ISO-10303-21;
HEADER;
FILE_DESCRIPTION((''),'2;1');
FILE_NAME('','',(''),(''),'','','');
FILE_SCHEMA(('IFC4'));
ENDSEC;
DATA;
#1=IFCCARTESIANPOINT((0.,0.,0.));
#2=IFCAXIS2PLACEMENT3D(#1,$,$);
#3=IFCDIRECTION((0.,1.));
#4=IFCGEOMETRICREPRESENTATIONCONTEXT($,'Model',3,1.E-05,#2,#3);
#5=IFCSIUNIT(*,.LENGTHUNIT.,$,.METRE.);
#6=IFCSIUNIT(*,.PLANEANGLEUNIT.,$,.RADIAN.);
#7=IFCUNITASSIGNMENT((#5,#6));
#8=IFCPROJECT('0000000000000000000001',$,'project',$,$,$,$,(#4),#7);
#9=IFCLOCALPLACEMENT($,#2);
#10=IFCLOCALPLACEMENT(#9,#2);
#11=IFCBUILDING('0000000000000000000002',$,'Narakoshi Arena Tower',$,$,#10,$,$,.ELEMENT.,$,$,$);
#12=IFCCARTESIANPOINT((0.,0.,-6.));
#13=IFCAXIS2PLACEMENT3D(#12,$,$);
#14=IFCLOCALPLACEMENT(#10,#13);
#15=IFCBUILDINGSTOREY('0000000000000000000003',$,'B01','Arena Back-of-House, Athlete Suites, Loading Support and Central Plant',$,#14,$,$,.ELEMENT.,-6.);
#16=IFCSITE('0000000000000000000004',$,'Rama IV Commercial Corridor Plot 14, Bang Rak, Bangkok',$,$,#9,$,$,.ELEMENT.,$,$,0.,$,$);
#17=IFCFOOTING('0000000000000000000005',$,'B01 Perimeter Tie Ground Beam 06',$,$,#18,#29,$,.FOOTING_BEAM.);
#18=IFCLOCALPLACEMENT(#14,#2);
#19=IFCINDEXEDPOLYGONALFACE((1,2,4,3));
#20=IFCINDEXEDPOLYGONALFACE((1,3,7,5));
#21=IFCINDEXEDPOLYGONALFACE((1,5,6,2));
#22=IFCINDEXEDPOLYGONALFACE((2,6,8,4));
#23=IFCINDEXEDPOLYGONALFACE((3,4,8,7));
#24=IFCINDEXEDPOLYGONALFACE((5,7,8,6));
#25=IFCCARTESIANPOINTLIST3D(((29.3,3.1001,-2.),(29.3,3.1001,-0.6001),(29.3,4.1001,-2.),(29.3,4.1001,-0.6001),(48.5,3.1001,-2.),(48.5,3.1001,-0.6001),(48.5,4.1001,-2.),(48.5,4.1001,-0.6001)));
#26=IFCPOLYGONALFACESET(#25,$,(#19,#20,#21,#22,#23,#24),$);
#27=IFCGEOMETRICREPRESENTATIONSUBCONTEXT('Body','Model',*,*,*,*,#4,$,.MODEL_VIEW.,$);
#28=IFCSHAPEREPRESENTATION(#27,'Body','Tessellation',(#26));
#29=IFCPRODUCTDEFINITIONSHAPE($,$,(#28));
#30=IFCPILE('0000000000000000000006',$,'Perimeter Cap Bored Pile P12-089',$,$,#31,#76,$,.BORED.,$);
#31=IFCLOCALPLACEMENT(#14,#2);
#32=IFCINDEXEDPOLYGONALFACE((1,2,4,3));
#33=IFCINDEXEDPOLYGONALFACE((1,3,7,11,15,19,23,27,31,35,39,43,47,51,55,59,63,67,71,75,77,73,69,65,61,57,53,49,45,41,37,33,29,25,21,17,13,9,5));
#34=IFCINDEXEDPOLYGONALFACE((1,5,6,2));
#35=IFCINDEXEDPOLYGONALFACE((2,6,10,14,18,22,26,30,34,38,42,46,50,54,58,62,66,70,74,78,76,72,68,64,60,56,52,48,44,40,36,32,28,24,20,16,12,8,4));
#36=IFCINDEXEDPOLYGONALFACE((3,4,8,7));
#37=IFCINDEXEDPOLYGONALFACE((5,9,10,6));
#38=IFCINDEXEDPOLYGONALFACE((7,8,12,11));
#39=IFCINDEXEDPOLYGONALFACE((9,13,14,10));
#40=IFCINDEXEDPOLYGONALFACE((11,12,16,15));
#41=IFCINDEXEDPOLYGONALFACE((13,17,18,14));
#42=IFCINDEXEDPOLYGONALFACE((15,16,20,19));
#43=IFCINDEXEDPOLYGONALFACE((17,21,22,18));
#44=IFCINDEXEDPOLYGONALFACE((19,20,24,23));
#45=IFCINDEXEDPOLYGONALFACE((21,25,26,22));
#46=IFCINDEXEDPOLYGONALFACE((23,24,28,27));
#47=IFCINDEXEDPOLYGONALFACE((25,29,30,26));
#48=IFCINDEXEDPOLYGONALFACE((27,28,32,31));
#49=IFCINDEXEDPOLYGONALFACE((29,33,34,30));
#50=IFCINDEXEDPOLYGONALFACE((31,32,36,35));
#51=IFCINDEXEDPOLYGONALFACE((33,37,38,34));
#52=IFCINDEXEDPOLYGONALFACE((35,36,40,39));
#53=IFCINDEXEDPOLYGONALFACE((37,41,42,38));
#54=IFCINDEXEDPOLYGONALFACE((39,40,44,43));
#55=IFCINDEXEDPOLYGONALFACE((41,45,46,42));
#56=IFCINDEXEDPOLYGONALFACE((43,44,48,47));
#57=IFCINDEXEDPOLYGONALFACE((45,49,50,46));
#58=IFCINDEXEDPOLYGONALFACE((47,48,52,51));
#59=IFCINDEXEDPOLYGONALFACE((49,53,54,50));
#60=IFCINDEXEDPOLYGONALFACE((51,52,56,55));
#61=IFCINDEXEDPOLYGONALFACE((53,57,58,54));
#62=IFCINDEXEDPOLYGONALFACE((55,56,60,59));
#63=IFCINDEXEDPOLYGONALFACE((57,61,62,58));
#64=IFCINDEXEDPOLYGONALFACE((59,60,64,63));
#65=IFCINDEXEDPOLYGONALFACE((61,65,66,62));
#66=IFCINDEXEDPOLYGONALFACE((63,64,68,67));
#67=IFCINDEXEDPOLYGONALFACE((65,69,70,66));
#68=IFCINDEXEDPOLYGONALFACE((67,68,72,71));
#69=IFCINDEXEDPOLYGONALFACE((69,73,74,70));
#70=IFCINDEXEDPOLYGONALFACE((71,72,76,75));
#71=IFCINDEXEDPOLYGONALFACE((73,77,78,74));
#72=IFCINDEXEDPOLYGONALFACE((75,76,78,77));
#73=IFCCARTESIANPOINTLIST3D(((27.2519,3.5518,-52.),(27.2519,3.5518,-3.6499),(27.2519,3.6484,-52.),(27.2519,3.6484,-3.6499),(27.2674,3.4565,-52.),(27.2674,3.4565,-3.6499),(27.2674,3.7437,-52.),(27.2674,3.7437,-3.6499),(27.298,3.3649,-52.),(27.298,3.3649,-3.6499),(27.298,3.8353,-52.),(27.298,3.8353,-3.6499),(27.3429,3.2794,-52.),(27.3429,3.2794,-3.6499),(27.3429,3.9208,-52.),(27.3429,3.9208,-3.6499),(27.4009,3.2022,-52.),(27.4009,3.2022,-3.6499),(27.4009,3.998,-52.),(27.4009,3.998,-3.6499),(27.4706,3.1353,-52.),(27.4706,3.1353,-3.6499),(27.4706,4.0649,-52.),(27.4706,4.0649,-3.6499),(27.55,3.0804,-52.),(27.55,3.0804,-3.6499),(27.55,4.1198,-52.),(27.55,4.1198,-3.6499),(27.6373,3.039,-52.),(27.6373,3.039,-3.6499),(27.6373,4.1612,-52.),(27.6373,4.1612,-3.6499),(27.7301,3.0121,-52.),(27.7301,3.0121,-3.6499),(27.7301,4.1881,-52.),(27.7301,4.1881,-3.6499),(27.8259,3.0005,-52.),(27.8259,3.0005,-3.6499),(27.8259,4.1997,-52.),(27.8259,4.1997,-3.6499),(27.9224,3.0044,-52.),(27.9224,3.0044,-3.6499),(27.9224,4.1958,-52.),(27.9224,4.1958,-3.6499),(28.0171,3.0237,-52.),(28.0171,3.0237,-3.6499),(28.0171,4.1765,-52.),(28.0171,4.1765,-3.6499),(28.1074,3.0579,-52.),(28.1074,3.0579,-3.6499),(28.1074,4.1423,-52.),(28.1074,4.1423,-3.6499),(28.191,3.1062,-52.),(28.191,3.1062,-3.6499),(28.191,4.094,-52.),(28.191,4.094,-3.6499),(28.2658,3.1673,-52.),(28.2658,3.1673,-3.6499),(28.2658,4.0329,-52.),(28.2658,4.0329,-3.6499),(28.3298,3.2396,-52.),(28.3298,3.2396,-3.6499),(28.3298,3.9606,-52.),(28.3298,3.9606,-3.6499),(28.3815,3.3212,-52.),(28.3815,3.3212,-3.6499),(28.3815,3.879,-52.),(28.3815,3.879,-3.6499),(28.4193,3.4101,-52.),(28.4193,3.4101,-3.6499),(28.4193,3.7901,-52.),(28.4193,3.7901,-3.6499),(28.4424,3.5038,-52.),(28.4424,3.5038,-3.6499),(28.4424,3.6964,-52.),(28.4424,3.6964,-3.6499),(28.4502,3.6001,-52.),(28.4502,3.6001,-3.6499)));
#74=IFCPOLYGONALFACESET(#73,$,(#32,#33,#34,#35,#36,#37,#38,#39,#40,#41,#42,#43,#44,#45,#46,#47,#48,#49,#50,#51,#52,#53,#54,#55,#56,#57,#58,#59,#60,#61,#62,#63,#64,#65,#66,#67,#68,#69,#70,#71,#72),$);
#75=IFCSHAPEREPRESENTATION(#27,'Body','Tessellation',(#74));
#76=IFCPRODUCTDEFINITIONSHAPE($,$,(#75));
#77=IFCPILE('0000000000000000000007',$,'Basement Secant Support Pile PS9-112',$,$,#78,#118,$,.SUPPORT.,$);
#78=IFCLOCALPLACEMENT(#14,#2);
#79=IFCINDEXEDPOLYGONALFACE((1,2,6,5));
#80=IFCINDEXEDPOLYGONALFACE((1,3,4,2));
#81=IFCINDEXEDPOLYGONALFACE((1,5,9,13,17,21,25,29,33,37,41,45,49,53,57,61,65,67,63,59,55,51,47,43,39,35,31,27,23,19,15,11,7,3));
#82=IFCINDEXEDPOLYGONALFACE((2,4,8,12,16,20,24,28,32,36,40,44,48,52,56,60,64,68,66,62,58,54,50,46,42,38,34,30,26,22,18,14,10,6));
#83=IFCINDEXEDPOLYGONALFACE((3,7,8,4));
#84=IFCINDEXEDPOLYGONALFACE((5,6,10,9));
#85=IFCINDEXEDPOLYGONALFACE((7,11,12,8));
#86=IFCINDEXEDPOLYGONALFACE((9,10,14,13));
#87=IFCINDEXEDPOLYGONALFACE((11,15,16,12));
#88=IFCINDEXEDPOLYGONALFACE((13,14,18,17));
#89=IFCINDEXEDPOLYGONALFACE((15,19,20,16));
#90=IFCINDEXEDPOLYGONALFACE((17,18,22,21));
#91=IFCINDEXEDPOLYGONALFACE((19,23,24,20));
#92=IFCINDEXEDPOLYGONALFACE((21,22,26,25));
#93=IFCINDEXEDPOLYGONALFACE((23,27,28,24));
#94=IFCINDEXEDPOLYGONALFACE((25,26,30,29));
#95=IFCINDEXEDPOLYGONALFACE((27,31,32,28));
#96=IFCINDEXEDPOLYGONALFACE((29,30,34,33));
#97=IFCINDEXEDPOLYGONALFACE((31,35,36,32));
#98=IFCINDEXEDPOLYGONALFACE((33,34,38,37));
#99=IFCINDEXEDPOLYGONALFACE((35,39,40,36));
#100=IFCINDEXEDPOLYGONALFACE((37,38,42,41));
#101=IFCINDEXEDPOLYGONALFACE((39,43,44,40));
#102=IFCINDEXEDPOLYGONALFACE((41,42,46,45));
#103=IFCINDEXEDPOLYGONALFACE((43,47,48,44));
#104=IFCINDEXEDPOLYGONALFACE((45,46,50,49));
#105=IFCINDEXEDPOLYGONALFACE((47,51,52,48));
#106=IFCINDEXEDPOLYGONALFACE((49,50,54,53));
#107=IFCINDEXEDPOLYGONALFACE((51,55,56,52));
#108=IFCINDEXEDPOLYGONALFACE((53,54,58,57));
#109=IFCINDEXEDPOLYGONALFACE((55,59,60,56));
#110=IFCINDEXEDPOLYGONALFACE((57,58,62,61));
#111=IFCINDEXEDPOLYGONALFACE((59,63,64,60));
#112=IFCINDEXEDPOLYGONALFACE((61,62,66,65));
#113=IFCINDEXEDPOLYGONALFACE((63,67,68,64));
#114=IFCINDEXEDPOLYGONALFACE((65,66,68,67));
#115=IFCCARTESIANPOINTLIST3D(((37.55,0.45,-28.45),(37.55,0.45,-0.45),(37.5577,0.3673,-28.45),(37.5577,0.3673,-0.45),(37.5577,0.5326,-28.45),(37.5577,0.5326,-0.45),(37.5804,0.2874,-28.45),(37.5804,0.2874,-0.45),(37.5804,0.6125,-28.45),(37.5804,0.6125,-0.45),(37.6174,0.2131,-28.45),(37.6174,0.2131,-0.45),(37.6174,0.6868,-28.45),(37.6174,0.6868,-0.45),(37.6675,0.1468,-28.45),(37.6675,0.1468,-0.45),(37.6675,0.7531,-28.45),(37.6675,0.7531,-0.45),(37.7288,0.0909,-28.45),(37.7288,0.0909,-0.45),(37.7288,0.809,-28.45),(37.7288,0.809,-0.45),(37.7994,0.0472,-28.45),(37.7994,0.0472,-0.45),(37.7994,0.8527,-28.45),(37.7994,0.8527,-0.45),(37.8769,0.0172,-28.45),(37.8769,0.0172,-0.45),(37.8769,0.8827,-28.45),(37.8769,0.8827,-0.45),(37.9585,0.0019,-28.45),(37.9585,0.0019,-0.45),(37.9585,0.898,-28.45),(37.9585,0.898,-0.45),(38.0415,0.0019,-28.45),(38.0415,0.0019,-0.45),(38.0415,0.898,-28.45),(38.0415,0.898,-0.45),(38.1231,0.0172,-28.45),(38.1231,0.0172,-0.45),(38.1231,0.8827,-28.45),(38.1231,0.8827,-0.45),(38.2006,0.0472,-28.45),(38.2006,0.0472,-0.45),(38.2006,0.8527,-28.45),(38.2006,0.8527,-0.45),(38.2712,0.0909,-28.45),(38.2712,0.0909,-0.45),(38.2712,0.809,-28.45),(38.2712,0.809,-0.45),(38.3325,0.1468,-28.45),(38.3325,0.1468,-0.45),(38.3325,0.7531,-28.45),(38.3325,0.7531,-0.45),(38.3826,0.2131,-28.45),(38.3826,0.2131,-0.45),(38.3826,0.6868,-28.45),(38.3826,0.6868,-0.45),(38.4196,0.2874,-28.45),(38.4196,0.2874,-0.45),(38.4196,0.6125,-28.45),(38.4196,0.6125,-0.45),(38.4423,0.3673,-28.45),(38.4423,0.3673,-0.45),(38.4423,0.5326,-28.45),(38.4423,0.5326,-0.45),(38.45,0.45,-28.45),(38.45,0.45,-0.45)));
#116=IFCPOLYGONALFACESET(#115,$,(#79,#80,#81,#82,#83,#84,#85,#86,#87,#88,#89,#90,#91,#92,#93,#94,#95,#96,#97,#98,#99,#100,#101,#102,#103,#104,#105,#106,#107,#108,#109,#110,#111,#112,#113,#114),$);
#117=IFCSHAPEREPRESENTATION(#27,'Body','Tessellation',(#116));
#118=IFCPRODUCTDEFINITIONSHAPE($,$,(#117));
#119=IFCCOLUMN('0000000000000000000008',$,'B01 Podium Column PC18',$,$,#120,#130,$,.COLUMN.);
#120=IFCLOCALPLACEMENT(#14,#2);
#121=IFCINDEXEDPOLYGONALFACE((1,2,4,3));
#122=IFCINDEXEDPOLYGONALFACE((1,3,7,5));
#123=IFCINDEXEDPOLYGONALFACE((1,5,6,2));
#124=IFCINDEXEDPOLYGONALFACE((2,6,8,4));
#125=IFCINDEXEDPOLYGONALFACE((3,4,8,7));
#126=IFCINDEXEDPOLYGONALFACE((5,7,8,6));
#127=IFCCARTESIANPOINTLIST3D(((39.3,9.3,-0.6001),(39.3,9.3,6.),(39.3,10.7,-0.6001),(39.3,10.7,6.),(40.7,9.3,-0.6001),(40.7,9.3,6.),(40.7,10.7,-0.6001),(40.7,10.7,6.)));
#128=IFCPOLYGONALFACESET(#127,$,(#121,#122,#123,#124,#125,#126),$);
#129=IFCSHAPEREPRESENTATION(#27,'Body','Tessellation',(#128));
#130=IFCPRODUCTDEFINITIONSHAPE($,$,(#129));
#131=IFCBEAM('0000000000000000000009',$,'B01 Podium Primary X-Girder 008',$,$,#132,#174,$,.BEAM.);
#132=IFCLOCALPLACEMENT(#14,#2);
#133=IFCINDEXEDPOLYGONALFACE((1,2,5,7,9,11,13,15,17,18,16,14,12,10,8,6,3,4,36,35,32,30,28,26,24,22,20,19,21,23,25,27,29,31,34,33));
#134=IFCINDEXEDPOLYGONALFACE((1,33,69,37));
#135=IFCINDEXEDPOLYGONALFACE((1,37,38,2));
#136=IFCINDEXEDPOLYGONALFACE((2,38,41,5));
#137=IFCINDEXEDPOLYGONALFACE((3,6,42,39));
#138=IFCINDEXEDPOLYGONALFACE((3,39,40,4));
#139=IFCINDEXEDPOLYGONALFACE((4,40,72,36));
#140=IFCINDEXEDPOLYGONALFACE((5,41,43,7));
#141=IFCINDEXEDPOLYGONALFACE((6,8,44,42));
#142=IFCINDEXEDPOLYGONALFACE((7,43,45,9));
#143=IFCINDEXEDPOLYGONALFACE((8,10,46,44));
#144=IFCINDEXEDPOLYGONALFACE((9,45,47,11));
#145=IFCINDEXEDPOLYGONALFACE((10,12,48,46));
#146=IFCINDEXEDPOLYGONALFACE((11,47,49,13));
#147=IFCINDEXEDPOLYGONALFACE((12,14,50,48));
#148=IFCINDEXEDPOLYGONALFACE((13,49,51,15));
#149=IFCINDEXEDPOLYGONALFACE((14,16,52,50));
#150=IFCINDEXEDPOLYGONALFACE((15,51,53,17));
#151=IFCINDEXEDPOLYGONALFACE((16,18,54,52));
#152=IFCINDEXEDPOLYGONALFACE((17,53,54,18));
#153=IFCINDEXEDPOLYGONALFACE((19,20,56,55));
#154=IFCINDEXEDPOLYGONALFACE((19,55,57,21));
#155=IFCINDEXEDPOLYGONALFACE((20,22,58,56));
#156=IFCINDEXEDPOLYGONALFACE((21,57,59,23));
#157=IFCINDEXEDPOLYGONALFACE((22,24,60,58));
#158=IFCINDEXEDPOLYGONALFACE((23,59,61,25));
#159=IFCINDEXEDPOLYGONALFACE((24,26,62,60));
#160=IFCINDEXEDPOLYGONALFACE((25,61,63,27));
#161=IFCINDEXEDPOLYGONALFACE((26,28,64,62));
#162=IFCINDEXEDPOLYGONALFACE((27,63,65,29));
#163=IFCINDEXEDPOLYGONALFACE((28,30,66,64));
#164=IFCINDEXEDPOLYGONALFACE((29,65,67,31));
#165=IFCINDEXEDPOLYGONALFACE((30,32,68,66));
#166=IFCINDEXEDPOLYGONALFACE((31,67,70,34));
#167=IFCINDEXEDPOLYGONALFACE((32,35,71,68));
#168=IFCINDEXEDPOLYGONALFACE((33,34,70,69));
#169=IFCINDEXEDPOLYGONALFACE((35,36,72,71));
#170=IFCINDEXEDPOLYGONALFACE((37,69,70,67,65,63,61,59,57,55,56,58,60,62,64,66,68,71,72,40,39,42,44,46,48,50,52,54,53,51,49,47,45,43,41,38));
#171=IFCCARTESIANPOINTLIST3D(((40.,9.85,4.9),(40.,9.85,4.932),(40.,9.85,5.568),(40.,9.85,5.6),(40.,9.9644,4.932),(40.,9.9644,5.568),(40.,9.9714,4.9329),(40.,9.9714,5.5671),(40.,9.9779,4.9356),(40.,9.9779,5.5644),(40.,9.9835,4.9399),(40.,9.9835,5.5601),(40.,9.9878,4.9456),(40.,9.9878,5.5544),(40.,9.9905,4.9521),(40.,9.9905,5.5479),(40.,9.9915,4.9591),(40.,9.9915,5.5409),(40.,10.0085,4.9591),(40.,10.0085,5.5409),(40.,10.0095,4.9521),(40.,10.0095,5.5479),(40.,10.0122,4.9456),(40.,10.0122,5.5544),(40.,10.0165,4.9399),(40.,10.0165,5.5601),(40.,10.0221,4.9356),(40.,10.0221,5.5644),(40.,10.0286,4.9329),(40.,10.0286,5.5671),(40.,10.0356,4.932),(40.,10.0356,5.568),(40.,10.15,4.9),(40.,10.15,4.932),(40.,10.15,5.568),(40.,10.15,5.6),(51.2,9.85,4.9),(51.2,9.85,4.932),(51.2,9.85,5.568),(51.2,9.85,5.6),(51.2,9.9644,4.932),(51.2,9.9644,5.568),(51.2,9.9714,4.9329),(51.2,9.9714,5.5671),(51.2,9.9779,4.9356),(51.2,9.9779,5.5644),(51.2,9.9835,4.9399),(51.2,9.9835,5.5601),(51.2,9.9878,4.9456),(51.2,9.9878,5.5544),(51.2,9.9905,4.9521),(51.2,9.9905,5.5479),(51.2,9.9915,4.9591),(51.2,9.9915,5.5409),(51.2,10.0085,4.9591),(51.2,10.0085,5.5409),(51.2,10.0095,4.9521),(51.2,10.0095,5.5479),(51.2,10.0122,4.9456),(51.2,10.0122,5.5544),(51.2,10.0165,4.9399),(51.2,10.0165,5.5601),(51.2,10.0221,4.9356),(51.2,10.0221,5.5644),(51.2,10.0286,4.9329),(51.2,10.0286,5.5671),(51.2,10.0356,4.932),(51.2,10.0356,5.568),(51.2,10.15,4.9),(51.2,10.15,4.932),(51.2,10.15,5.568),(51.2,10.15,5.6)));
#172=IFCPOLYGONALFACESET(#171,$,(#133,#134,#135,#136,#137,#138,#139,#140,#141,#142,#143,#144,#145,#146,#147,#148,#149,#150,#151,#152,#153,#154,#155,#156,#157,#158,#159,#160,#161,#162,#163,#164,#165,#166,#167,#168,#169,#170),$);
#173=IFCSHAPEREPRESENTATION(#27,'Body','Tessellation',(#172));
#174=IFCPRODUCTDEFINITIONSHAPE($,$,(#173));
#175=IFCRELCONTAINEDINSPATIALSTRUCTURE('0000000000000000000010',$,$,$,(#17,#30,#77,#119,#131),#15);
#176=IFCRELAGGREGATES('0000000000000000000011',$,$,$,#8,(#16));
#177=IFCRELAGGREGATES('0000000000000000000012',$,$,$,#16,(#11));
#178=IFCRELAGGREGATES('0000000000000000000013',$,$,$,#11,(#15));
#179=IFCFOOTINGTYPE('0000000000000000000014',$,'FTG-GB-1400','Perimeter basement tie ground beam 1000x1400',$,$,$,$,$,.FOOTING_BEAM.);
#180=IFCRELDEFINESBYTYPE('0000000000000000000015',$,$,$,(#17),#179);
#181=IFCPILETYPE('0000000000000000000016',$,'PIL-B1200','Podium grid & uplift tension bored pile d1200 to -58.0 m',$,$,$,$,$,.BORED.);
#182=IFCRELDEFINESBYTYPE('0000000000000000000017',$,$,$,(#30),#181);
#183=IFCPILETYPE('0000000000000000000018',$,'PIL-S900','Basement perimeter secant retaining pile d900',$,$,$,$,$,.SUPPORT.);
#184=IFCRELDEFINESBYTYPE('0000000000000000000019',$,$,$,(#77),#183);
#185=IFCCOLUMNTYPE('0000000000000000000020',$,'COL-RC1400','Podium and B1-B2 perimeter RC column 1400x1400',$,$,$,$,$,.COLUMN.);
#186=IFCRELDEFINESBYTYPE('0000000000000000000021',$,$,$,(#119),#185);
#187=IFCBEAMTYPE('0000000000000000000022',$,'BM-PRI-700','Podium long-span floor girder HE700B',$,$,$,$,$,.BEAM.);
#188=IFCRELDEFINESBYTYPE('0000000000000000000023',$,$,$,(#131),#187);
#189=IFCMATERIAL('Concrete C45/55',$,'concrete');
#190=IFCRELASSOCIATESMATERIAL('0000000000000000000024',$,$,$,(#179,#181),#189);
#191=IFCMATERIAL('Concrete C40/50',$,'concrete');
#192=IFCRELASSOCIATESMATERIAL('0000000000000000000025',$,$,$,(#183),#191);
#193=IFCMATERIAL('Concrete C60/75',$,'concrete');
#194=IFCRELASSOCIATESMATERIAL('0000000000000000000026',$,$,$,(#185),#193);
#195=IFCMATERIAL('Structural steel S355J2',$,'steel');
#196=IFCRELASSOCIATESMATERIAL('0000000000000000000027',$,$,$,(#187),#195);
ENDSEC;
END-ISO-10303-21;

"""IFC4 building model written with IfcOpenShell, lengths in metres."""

from ifc_helpers import new_model, si_unit, direction, frame, origin, origin_2d, place, context, subcontext, project, spatial, rectangle, circle, i_section, extrude, material, material_profile, profile_set, type_object, element, save


model = new_model("IFC4")

# Units and contexts
model_context = context("Model", 3, precision=1e-05, world=origin(), true_north=direction((0.0, 1.0)))
body_context = subcontext(model_context, "Body", "Model", "MODEL_VIEW")
ifc_project = project(units=[si_unit("LENGTHUNIT", "METRE"), si_unit("PLANEANGLEUNIT", "RADIAN")], contexts=[model_context])

# Site, building, storey
site_placement = place(None, origin())
site = spatial("IfcSite", under=ifc_project, at=site_placement, Name="Rama IV Commercial Corridor Plot 14, Bang Rak, Bangkok", CompositionType="ELEMENT", RefElevation=0.0)
building_placement = place(site_placement, origin())
building = spatial("IfcBuilding", under=site, at=building_placement, Name="Narakoshi Arena Tower", CompositionType="ELEMENT")
storey_placement = place(building_placement, frame((0.0, 0.0, -6.0)))
storey = spatial("IfcBuildingStorey", under=building, at=storey_placement, Name="B01", Description="Arena Back-of-House, Athlete Suites, Loading Support and Central Plant", CompositionType="ELEMENT", Elevation=-6.0)

# Footing
ifc_material_1 = material(Name="Concrete C45/55", Category="concrete")
ifc_material_profile_1 = material_profile(ifc_material_1, rectangle(XDim=1.0, YDim=1.3999, at=origin_2d()), Name="RGB1000x1400")
ifc_profile_set_1 = profile_set([ifc_material_profile_1], Name="Concrete C45/55")
footing_type = type_object("IfcFootingType", Name="FTG-GB-1400", Description="Perimeter basement tie ground beam 1000x1400", PredefinedType="FOOTING_BEAM", material=ifc_profile_set_1)
footing_placement = place(storey_placement, frame((29.3, 3.6001, -1.3), z_axis=(1.0, 0.0, 0.0), x_axis=(0.0, 1.0, 0.0)))
element("IfcFooting", 1, at=footing_placement, inside=storey, type_object=footing_type, Name="B01 Perimeter Tie Ground Beam 06", PredefinedType="FOOTING_BEAM", context=body_context, shape_type="SweptSolid", body=[
    extrude(rectangle(XDim=1.0, YDim=1.3999, at=origin_2d()), origin(), (0.0, 0.0, 1.0), 19.2),
])

# Piles
ifc_material_profile_2 = material_profile(ifc_material_1, circle(Radius=0.6001, at=origin_2d()), Name="PILE-D1200")
ifc_profile_set_2 = profile_set([ifc_material_profile_2], Name="Concrete C45/55")
pile_type_1 = type_object("IfcPileType", Name="PIL-B1200", Description="Podium grid & uplift tension bored pile d1200 to -58.0 m", PredefinedType="BORED", material=ifc_profile_set_2)
pile_1_placement = place(storey_placement, frame((27.8501, 3.6001, -3.6499), z_axis=(0.0, 0.0, -1.0), x_axis=(1.0, 0.0, 0.0)))
element("IfcPile", 2, at=pile_1_placement, inside=storey, type_object=pile_type_1, Name="Perimeter Cap Bored Pile P12-089", PredefinedType="BORED", context=body_context, shape_type="SweptSolid", body=[
    extrude(circle(Radius=0.6001, at=origin_2d()), origin(), (0.0, 0.0, 1.0), 48.3501),
])
ifc_material_2 = material(Name="Concrete C40/50", Category="concrete")
ifc_material_profile_3 = material_profile(ifc_material_2, circle(Radius=0.45, at=origin_2d()), Name="PILE-D900")
ifc_profile_set_3 = profile_set([ifc_material_profile_3], Name="Concrete C40/50")
pile_type_2 = type_object("IfcPileType", Name="PIL-S900", Description="Basement perimeter secant retaining pile d900", PredefinedType="SUPPORT", material=ifc_profile_set_3)
pile_2_placement = place(storey_placement, frame((38.0, 0.45, -0.45), z_axis=(0.0, 0.0, -1.0), x_axis=(1.0, 0.0, 0.0)))
element("IfcPile", 3, at=pile_2_placement, inside=storey, type_object=pile_type_2, Name="Basement Secant Support Pile PS9-112", PredefinedType="SUPPORT", context=body_context, shape_type="SweptSolid", body=[
    extrude(circle(Radius=0.45, at=origin_2d()), origin(), (0.0, 0.0, 1.0), 28.0),
])

# Column
ifc_material_3 = material(Name="Concrete C60/75", Category="concrete")
ifc_material_profile_4 = material_profile(ifc_material_3, rectangle(XDim=1.3999, YDim=1.3999, at=origin_2d()), Name="RC1400x1400")
ifc_profile_set_4 = profile_set([ifc_material_profile_4], Name="Concrete C60/75")
column_type = type_object("IfcColumnType", Name="COL-RC1400", Description="Podium and B1-B2 perimeter RC column 1400x1400", PredefinedType="COLUMN", material=ifc_profile_set_4)
column_placement = place(storey_placement, frame((40.0, 10.0, -0.6001), z_axis=(0.0, 0.0, 1.0), x_axis=(1.0, 0.0, 0.0)))
element("IfcColumn", 4, at=column_placement, inside=storey, type_object=column_type, Name="B01 Podium Column PC18", PredefinedType="COLUMN", context=body_context, shape_type="SweptSolid", body=[
    extrude(rectangle(XDim=1.3999, YDim=1.3999, at=origin_2d()), origin(), (0.0, 0.0, 1.0), 6.6001),
])

# Beam
ifc_material_4 = material(Name="Structural steel S355J2", Category="steel")
ifc_material_profile_5 = material_profile(ifc_material_4, i_section(OverallWidth=0.3, OverallDepth=0.7, WebThickness=0.0171, FlangeThickness=0.032, FilletRadius=0.0271, at=origin_2d()), Name="HE700B")
ifc_profile_set_5 = profile_set([ifc_material_profile_5], Name="Structural steel S355J2")
beam_type = type_object("IfcBeamType", Name="BM-PRI-700", Description="Podium long-span floor girder HE700B", PredefinedType="BEAM", material=ifc_profile_set_5)
beam_1_placement = place(storey_placement, frame((40.0, 10.0, 5.25), z_axis=(1.0, 0.0, 0.0), x_axis=(0.0, 1.0, 0.0)))
element("IfcBeam", 5, at=beam_1_placement, inside=storey, type_object=beam_type, Name="B01 Podium Primary X-Girder 008", PredefinedType="BEAM", context=body_context, shape_type="SweptSolid", body=[
    extrude(i_section(OverallWidth=0.3, OverallDepth=0.7, WebThickness=0.0171, FlangeThickness=0.032, FilletRadius=0.0271, at=origin_2d()), origin(), (0.0, 0.0, 1.0), 11.2),
])

save(model, "model.ifc")
